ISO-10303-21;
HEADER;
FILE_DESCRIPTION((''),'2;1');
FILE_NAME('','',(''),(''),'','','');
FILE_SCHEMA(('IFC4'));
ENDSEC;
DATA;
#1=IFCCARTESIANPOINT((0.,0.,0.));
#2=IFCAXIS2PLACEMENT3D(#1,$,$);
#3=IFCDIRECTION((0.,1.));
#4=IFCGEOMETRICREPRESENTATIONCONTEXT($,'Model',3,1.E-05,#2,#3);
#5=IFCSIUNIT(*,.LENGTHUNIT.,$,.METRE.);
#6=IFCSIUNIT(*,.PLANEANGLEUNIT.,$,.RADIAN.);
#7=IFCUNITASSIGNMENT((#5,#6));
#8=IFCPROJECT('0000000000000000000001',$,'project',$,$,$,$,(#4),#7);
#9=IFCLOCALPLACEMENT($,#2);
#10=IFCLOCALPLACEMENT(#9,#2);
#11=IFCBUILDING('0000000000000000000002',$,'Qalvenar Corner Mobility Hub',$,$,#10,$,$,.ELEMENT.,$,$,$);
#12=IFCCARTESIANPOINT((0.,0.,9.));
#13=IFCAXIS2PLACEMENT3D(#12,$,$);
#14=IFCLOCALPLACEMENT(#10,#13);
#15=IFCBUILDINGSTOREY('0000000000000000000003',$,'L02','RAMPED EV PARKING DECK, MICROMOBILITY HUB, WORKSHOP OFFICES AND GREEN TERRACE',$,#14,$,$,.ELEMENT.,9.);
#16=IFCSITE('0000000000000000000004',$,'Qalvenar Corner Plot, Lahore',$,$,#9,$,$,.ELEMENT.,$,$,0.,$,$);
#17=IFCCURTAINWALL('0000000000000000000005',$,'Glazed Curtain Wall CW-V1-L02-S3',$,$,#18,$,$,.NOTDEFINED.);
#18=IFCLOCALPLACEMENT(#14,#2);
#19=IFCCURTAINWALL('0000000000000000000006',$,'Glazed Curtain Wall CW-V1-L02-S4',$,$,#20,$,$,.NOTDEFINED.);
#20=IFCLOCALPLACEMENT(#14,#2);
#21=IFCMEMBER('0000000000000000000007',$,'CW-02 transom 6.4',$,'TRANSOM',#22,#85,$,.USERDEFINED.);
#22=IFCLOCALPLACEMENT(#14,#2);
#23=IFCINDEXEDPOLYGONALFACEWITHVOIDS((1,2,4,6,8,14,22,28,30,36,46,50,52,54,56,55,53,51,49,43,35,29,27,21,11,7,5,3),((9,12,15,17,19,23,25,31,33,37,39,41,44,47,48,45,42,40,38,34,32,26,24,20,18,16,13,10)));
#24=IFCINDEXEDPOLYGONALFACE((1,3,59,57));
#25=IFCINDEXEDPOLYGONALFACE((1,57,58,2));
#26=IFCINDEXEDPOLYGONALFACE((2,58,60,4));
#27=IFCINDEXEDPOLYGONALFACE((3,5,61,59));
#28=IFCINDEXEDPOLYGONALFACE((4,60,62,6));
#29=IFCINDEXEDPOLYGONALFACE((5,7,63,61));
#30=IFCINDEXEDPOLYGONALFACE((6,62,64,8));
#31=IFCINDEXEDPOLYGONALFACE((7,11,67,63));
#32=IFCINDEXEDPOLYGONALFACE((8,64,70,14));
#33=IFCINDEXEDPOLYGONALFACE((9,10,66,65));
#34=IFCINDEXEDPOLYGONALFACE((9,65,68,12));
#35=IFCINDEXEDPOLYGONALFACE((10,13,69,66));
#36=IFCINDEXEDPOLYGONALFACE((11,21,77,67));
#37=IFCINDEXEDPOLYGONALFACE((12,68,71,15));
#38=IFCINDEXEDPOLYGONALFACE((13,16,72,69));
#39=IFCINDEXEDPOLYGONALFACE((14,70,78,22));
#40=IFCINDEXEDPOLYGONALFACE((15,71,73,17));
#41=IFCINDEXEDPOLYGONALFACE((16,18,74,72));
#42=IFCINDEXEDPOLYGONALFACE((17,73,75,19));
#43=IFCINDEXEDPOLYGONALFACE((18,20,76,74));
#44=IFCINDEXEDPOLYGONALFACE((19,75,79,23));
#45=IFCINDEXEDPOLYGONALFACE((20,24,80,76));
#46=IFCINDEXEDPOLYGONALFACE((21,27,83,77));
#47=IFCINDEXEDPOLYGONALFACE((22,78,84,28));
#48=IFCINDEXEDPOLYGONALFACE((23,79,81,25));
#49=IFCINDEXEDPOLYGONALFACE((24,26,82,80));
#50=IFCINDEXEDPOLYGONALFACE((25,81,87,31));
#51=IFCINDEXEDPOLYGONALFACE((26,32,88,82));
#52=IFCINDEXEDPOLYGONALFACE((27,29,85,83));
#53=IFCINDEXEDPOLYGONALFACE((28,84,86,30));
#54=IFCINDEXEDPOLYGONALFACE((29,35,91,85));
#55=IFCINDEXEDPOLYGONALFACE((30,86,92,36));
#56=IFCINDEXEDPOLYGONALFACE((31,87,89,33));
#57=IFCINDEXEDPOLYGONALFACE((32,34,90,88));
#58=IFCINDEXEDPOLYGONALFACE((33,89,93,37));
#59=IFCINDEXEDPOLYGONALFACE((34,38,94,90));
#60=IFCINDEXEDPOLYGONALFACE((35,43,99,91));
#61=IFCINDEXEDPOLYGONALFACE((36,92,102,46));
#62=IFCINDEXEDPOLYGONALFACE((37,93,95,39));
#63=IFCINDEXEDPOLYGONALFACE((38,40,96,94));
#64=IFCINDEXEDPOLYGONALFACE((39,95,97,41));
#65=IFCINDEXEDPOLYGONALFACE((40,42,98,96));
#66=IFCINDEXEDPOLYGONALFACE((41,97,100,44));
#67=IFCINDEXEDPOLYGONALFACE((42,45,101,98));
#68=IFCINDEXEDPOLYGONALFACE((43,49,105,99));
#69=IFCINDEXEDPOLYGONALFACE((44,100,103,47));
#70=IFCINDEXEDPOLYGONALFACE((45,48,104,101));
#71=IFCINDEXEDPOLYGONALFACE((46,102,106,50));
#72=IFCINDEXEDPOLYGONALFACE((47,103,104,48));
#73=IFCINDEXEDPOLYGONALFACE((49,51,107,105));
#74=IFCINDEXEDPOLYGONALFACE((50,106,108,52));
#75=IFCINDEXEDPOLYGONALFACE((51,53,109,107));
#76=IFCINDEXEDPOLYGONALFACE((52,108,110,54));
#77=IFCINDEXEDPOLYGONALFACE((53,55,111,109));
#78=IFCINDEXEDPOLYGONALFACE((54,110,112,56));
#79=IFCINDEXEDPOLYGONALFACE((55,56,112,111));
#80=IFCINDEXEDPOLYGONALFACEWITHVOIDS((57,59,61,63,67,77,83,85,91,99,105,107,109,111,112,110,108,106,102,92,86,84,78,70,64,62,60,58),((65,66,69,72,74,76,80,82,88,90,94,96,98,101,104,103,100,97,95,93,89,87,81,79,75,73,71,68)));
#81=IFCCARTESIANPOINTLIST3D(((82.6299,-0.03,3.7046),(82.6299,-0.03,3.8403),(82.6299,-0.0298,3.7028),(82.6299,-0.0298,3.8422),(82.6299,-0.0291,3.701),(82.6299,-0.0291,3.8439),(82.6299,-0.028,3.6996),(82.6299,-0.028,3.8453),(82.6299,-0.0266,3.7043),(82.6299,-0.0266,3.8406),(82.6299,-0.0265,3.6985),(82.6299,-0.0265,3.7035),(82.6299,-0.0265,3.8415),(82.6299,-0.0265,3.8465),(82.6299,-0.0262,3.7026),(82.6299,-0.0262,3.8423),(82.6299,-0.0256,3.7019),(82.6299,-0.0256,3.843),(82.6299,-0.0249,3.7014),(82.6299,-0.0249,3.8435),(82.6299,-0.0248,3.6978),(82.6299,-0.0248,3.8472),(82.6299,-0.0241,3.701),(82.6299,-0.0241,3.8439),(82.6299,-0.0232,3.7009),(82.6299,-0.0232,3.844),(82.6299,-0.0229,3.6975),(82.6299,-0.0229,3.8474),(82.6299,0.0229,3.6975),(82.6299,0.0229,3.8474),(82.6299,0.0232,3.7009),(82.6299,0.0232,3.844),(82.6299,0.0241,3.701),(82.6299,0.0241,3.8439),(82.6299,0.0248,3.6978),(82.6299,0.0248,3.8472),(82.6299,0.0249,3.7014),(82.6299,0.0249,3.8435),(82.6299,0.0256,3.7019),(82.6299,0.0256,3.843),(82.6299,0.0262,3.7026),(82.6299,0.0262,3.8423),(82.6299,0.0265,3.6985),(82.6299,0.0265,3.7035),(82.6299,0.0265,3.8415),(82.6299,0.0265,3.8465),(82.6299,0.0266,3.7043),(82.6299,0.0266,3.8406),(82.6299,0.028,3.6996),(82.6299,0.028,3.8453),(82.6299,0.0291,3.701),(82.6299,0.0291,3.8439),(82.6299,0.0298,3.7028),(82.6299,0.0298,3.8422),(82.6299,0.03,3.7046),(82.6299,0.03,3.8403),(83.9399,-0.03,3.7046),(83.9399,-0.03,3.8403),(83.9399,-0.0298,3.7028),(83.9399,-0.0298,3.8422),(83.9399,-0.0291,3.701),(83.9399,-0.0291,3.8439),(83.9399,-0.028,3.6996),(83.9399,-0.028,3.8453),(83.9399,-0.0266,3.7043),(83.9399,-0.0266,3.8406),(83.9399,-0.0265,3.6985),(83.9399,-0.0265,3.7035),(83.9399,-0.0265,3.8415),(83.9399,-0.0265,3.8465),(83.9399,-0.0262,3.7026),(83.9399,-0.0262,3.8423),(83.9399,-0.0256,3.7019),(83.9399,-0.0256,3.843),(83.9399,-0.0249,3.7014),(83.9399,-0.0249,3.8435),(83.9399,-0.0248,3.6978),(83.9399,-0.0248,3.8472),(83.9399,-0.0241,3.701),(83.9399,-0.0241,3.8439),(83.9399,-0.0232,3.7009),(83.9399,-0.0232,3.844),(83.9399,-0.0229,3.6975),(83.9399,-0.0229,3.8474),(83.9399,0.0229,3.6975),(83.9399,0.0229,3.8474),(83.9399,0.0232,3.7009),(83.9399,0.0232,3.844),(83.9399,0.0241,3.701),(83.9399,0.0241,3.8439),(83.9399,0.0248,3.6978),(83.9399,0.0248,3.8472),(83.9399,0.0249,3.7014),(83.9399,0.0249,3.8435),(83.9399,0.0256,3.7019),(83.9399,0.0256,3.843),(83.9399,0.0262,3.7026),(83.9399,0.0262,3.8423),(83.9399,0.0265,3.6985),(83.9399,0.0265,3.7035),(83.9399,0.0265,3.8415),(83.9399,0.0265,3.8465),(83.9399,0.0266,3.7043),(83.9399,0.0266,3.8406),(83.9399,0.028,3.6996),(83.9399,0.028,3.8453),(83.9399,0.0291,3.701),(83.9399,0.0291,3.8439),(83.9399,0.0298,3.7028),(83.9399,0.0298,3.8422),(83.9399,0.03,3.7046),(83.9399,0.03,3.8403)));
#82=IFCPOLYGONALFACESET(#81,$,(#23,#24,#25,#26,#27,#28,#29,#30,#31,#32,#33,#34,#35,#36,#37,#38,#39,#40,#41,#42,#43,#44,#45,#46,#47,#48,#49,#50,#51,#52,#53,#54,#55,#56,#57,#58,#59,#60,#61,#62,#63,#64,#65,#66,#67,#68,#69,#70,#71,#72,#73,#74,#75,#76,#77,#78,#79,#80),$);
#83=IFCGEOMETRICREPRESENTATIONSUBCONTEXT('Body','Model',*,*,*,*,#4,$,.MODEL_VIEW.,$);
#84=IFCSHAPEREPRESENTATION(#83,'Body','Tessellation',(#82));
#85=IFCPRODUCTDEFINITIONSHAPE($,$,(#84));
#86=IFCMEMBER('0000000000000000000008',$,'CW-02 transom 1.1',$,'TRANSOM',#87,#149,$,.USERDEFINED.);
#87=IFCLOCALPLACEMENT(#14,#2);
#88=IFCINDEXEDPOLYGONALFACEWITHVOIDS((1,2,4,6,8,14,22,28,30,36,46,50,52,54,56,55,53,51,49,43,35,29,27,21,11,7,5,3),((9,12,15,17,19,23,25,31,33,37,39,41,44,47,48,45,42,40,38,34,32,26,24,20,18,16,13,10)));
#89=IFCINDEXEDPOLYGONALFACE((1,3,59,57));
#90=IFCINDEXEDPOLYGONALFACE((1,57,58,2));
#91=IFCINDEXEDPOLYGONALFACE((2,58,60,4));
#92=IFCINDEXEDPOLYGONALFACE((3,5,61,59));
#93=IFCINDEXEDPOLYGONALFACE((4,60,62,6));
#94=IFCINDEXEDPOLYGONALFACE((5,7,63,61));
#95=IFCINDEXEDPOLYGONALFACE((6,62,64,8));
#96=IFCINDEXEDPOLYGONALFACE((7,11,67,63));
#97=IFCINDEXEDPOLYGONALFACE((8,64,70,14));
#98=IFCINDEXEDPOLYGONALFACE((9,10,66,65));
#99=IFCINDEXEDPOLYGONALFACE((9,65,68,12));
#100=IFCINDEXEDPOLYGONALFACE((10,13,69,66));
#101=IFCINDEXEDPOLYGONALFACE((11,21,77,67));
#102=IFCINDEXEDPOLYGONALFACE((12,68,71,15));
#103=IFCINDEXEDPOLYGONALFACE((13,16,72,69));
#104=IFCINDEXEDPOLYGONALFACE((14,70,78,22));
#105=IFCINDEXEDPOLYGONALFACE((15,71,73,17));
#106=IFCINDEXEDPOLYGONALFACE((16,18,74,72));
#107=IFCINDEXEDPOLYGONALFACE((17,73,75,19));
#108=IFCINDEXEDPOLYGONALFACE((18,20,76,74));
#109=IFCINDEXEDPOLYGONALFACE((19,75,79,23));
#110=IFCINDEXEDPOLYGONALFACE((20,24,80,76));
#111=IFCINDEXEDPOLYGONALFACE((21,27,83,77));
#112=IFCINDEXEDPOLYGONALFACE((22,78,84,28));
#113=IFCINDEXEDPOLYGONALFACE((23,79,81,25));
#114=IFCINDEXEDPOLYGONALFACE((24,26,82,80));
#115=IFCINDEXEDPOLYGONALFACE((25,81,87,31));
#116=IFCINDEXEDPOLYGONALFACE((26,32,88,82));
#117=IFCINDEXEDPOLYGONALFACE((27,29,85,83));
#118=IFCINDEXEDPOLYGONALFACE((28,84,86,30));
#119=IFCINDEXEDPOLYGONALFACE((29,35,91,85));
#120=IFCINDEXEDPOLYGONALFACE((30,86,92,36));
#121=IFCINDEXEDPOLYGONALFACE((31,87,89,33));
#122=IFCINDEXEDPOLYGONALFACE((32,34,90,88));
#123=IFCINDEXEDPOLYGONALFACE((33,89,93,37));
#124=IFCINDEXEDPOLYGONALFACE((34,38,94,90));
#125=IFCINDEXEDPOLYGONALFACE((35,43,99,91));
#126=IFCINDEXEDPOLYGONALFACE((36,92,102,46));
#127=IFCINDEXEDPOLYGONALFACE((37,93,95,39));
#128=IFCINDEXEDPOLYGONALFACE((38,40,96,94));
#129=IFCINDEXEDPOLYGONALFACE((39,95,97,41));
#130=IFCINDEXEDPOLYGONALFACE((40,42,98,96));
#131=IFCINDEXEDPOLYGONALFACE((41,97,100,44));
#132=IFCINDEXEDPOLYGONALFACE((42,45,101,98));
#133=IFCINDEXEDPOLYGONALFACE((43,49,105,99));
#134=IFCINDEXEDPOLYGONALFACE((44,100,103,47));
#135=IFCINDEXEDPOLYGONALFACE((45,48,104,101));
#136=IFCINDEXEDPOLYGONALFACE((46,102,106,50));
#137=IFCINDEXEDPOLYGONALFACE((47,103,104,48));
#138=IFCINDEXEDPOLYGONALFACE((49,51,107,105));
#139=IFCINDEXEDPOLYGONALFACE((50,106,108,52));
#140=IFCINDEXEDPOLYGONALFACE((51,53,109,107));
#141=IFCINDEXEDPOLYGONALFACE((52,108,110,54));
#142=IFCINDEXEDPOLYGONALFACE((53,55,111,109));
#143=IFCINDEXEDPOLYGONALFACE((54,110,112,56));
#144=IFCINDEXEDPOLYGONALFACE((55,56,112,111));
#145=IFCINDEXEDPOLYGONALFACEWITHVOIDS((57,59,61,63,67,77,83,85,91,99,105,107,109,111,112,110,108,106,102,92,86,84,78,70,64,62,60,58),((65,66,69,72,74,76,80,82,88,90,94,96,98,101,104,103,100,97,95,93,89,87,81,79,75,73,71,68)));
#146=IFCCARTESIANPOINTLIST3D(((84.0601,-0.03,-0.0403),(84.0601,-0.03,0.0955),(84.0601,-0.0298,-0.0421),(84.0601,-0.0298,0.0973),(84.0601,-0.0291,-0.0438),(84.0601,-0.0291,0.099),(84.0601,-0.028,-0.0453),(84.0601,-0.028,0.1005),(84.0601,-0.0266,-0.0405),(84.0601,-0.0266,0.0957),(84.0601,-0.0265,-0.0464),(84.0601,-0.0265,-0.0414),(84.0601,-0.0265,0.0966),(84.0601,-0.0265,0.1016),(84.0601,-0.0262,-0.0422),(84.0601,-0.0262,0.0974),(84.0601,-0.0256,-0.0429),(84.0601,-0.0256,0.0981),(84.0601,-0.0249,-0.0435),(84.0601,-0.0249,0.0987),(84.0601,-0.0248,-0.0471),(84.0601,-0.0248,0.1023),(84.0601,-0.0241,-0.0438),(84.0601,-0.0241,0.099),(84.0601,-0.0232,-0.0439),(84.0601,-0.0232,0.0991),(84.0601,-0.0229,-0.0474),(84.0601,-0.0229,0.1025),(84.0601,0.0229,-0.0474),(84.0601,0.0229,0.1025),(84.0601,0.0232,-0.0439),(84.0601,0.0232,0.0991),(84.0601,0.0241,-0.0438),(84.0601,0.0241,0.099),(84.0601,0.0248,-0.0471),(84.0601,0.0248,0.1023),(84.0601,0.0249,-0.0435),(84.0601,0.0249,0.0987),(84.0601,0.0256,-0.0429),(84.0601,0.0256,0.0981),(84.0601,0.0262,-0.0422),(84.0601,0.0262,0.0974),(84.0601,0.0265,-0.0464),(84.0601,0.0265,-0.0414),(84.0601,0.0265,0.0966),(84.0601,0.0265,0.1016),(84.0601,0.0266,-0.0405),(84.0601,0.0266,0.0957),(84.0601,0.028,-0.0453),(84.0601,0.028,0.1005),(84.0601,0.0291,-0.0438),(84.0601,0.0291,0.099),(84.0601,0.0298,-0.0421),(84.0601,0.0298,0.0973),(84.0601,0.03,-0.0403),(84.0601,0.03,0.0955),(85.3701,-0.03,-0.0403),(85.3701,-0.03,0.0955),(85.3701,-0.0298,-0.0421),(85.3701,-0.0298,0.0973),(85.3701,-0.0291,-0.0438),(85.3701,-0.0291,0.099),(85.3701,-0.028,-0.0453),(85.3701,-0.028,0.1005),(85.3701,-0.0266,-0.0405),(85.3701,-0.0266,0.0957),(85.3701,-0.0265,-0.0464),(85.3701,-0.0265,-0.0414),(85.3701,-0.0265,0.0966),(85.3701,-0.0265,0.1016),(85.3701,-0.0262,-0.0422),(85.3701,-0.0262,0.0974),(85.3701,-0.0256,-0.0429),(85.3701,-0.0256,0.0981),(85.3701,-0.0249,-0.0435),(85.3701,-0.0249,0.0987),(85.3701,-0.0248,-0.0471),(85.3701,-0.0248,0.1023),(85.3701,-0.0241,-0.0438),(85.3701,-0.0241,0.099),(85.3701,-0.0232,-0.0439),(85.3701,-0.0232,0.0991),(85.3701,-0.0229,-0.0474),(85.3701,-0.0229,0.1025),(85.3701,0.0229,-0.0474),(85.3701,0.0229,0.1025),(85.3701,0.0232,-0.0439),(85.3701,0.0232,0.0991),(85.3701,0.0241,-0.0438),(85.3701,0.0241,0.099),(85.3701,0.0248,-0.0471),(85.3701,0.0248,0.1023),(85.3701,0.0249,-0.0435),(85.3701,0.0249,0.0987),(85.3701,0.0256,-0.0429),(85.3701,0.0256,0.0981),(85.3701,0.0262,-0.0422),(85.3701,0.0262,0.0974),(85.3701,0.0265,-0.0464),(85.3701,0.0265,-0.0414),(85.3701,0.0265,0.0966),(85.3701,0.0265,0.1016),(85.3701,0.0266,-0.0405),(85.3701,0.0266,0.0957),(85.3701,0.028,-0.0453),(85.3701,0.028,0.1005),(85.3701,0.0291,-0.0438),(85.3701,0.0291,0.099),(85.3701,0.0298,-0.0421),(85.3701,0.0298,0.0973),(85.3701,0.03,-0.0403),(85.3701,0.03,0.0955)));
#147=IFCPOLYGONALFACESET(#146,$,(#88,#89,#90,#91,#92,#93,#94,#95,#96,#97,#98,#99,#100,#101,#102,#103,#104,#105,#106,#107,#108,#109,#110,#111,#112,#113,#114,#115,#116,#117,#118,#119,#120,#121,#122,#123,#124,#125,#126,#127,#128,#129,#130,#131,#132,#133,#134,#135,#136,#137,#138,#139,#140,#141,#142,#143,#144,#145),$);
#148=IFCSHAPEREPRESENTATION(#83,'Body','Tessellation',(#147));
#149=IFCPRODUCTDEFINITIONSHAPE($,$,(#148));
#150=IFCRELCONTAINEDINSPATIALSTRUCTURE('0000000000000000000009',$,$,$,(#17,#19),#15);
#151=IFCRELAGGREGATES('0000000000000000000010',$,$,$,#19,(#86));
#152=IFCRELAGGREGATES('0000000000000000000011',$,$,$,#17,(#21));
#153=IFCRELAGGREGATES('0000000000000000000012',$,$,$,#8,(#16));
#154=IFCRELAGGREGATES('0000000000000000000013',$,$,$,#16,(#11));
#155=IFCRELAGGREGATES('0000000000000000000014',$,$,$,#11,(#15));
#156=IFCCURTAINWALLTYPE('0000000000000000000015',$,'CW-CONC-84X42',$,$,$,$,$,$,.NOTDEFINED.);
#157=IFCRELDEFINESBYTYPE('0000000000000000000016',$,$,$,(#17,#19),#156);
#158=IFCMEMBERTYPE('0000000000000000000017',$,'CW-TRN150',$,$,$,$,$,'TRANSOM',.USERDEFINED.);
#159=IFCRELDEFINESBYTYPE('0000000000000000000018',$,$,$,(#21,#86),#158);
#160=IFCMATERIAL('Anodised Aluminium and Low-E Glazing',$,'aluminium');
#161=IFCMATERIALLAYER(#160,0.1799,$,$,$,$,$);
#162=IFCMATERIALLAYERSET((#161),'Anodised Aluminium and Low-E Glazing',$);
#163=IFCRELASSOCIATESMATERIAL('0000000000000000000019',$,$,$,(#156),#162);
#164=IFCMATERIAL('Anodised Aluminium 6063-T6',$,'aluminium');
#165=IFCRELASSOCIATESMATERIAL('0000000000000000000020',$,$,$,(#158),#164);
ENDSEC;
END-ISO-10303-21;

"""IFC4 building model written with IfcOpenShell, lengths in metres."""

from ifc_helpers import new_model, si_unit, direction, frame, origin, origin_2d, place, context, subcontext, project, spatial, hollow_rectangle, extrude, material, layer, layer_set, material_profile, profile_set, type_object, element, aggregate, save


model = new_model("IFC4")

# Units and contexts
model_context = context("Model", 3, precision=1e-05, world=origin(), true_north=direction((0.0, 1.0)))
body_context = subcontext(model_context, "Body", "Model", "MODEL_VIEW")
ifc_project = project(units=[si_unit("LENGTHUNIT", "METRE"), si_unit("PLANEANGLEUNIT", "RADIAN")], contexts=[model_context])

# Site, building, storey
site_placement = place(None, origin())
site = spatial("IfcSite", under=ifc_project, at=site_placement, Name="Qalvenar Corner Plot, Lahore", CompositionType="ELEMENT", RefElevation=0.0)
building_placement = place(site_placement, origin())
building = spatial("IfcBuilding", under=site, at=building_placement, Name="Qalvenar Corner Mobility Hub", CompositionType="ELEMENT")
storey_placement = place(building_placement, frame((0.0, 0.0, 9.0)))
storey = spatial("IfcBuildingStorey", under=building, at=storey_placement, Name="L02", Description="RAMPED EV PARKING DECK, MICROMOBILITY HUB, WORKSHOP OFFICES AND GREEN TERRACE", CompositionType="ELEMENT", Elevation=9.0)

# Curtain wall
ifc_material_1 = material(Name="Anodised Aluminium and Low-E Glazing", Category="aluminium")
ifc_layer_1 = layer(ifc_material_1, 0.1799)
ifc_layer_set_1 = layer_set([ifc_layer_1], Name="Anodised Aluminium and Low-E Glazing")
curtain_wall_type = type_object("IfcCurtainWallType", Name="CW-CONC-84X42", PredefinedType="NOTDEFINED", material=ifc_layer_set_1)
curtain_wall_1_placement = place(storey_placement, origin())
curtain_wall_1 = element("IfcCurtainWall", 1, at=curtain_wall_1_placement, inside=storey, type_object=curtain_wall_type, Name="Glazed Curtain Wall CW-V1-L02-S3", PredefinedType="NOTDEFINED")
ifc_material_2 = material(Name="Anodised Aluminium 6063-T6", Category="aluminium")

# Curtain wall
curtain_wall_2_placement = place(storey_placement, origin())
curtain_wall_2 = element("IfcCurtainWall", 2, at=curtain_wall_2_placement, inside=storey, type_object=curtain_wall_type, Name="Glazed Curtain Wall CW-V1-L02-S4", PredefinedType="NOTDEFINED")

# Members
ifc_material_profile_1 = material_profile(ifc_material_2, hollow_rectangle(XDim=0.0601, YDim=0.1499, WallThickness=0.0034, InnerFilletRadius=0.0034, OuterFilletRadius=0.0071, at=origin_2d()), Name="RHS150x60x3.5")
ifc_profile_set_1 = profile_set([ifc_material_profile_1], Name="Anodised Aluminium 6063-T6")
member_type_1 = type_object("IfcMemberType", Name="CW-TRN150", ElementType="TRANSOM", PredefinedType="USERDEFINED", material=ifc_profile_set_1)
member_1_placement = place(storey_placement, frame((82.6299, 0.0, 3.7725), z_axis=(1.0, 0.0, 0.0), x_axis=(0.0, 1.0, 0.0)))
member_1 = element("IfcMember", 3, at=member_1_placement, type_object=member_type_1, Name="CW-02 transom 6.4", ObjectType="TRANSOM", PredefinedType="USERDEFINED", context=body_context, shape_type="SweptSolid", body=[
    extrude(hollow_rectangle(XDim=0.0601, YDim=0.1499, WallThickness=0.0034, InnerFilletRadius=0.0034, OuterFilletRadius=0.0071, at=origin_2d()), origin(), (0.0, 0.0, 1.0), 1.3101),
])
member_2_placement = place(storey_placement, frame((84.0601, 0.0, 0.0276), z_axis=(1.0, 0.0, 0.0), x_axis=(0.0, 1.0, 0.0)))
member_2 = element("IfcMember", 4, at=member_2_placement, type_object=member_type_1, Name="CW-02 transom 1.1", ObjectType="TRANSOM", PredefinedType="USERDEFINED", context=body_context, shape_type="SweptSolid", body=[
    extrude(hollow_rectangle(XDim=0.0601, YDim=0.1499, WallThickness=0.0034, InnerFilletRadius=0.0034, OuterFilletRadius=0.0071, at=origin_2d()), origin(), (0.0, 0.0, 1.0), 1.3101),
])
aggregate(curtain_wall_2, [member_2])

aggregate(curtain_wall_1, [member_1])

save(model, "model.ifc")
